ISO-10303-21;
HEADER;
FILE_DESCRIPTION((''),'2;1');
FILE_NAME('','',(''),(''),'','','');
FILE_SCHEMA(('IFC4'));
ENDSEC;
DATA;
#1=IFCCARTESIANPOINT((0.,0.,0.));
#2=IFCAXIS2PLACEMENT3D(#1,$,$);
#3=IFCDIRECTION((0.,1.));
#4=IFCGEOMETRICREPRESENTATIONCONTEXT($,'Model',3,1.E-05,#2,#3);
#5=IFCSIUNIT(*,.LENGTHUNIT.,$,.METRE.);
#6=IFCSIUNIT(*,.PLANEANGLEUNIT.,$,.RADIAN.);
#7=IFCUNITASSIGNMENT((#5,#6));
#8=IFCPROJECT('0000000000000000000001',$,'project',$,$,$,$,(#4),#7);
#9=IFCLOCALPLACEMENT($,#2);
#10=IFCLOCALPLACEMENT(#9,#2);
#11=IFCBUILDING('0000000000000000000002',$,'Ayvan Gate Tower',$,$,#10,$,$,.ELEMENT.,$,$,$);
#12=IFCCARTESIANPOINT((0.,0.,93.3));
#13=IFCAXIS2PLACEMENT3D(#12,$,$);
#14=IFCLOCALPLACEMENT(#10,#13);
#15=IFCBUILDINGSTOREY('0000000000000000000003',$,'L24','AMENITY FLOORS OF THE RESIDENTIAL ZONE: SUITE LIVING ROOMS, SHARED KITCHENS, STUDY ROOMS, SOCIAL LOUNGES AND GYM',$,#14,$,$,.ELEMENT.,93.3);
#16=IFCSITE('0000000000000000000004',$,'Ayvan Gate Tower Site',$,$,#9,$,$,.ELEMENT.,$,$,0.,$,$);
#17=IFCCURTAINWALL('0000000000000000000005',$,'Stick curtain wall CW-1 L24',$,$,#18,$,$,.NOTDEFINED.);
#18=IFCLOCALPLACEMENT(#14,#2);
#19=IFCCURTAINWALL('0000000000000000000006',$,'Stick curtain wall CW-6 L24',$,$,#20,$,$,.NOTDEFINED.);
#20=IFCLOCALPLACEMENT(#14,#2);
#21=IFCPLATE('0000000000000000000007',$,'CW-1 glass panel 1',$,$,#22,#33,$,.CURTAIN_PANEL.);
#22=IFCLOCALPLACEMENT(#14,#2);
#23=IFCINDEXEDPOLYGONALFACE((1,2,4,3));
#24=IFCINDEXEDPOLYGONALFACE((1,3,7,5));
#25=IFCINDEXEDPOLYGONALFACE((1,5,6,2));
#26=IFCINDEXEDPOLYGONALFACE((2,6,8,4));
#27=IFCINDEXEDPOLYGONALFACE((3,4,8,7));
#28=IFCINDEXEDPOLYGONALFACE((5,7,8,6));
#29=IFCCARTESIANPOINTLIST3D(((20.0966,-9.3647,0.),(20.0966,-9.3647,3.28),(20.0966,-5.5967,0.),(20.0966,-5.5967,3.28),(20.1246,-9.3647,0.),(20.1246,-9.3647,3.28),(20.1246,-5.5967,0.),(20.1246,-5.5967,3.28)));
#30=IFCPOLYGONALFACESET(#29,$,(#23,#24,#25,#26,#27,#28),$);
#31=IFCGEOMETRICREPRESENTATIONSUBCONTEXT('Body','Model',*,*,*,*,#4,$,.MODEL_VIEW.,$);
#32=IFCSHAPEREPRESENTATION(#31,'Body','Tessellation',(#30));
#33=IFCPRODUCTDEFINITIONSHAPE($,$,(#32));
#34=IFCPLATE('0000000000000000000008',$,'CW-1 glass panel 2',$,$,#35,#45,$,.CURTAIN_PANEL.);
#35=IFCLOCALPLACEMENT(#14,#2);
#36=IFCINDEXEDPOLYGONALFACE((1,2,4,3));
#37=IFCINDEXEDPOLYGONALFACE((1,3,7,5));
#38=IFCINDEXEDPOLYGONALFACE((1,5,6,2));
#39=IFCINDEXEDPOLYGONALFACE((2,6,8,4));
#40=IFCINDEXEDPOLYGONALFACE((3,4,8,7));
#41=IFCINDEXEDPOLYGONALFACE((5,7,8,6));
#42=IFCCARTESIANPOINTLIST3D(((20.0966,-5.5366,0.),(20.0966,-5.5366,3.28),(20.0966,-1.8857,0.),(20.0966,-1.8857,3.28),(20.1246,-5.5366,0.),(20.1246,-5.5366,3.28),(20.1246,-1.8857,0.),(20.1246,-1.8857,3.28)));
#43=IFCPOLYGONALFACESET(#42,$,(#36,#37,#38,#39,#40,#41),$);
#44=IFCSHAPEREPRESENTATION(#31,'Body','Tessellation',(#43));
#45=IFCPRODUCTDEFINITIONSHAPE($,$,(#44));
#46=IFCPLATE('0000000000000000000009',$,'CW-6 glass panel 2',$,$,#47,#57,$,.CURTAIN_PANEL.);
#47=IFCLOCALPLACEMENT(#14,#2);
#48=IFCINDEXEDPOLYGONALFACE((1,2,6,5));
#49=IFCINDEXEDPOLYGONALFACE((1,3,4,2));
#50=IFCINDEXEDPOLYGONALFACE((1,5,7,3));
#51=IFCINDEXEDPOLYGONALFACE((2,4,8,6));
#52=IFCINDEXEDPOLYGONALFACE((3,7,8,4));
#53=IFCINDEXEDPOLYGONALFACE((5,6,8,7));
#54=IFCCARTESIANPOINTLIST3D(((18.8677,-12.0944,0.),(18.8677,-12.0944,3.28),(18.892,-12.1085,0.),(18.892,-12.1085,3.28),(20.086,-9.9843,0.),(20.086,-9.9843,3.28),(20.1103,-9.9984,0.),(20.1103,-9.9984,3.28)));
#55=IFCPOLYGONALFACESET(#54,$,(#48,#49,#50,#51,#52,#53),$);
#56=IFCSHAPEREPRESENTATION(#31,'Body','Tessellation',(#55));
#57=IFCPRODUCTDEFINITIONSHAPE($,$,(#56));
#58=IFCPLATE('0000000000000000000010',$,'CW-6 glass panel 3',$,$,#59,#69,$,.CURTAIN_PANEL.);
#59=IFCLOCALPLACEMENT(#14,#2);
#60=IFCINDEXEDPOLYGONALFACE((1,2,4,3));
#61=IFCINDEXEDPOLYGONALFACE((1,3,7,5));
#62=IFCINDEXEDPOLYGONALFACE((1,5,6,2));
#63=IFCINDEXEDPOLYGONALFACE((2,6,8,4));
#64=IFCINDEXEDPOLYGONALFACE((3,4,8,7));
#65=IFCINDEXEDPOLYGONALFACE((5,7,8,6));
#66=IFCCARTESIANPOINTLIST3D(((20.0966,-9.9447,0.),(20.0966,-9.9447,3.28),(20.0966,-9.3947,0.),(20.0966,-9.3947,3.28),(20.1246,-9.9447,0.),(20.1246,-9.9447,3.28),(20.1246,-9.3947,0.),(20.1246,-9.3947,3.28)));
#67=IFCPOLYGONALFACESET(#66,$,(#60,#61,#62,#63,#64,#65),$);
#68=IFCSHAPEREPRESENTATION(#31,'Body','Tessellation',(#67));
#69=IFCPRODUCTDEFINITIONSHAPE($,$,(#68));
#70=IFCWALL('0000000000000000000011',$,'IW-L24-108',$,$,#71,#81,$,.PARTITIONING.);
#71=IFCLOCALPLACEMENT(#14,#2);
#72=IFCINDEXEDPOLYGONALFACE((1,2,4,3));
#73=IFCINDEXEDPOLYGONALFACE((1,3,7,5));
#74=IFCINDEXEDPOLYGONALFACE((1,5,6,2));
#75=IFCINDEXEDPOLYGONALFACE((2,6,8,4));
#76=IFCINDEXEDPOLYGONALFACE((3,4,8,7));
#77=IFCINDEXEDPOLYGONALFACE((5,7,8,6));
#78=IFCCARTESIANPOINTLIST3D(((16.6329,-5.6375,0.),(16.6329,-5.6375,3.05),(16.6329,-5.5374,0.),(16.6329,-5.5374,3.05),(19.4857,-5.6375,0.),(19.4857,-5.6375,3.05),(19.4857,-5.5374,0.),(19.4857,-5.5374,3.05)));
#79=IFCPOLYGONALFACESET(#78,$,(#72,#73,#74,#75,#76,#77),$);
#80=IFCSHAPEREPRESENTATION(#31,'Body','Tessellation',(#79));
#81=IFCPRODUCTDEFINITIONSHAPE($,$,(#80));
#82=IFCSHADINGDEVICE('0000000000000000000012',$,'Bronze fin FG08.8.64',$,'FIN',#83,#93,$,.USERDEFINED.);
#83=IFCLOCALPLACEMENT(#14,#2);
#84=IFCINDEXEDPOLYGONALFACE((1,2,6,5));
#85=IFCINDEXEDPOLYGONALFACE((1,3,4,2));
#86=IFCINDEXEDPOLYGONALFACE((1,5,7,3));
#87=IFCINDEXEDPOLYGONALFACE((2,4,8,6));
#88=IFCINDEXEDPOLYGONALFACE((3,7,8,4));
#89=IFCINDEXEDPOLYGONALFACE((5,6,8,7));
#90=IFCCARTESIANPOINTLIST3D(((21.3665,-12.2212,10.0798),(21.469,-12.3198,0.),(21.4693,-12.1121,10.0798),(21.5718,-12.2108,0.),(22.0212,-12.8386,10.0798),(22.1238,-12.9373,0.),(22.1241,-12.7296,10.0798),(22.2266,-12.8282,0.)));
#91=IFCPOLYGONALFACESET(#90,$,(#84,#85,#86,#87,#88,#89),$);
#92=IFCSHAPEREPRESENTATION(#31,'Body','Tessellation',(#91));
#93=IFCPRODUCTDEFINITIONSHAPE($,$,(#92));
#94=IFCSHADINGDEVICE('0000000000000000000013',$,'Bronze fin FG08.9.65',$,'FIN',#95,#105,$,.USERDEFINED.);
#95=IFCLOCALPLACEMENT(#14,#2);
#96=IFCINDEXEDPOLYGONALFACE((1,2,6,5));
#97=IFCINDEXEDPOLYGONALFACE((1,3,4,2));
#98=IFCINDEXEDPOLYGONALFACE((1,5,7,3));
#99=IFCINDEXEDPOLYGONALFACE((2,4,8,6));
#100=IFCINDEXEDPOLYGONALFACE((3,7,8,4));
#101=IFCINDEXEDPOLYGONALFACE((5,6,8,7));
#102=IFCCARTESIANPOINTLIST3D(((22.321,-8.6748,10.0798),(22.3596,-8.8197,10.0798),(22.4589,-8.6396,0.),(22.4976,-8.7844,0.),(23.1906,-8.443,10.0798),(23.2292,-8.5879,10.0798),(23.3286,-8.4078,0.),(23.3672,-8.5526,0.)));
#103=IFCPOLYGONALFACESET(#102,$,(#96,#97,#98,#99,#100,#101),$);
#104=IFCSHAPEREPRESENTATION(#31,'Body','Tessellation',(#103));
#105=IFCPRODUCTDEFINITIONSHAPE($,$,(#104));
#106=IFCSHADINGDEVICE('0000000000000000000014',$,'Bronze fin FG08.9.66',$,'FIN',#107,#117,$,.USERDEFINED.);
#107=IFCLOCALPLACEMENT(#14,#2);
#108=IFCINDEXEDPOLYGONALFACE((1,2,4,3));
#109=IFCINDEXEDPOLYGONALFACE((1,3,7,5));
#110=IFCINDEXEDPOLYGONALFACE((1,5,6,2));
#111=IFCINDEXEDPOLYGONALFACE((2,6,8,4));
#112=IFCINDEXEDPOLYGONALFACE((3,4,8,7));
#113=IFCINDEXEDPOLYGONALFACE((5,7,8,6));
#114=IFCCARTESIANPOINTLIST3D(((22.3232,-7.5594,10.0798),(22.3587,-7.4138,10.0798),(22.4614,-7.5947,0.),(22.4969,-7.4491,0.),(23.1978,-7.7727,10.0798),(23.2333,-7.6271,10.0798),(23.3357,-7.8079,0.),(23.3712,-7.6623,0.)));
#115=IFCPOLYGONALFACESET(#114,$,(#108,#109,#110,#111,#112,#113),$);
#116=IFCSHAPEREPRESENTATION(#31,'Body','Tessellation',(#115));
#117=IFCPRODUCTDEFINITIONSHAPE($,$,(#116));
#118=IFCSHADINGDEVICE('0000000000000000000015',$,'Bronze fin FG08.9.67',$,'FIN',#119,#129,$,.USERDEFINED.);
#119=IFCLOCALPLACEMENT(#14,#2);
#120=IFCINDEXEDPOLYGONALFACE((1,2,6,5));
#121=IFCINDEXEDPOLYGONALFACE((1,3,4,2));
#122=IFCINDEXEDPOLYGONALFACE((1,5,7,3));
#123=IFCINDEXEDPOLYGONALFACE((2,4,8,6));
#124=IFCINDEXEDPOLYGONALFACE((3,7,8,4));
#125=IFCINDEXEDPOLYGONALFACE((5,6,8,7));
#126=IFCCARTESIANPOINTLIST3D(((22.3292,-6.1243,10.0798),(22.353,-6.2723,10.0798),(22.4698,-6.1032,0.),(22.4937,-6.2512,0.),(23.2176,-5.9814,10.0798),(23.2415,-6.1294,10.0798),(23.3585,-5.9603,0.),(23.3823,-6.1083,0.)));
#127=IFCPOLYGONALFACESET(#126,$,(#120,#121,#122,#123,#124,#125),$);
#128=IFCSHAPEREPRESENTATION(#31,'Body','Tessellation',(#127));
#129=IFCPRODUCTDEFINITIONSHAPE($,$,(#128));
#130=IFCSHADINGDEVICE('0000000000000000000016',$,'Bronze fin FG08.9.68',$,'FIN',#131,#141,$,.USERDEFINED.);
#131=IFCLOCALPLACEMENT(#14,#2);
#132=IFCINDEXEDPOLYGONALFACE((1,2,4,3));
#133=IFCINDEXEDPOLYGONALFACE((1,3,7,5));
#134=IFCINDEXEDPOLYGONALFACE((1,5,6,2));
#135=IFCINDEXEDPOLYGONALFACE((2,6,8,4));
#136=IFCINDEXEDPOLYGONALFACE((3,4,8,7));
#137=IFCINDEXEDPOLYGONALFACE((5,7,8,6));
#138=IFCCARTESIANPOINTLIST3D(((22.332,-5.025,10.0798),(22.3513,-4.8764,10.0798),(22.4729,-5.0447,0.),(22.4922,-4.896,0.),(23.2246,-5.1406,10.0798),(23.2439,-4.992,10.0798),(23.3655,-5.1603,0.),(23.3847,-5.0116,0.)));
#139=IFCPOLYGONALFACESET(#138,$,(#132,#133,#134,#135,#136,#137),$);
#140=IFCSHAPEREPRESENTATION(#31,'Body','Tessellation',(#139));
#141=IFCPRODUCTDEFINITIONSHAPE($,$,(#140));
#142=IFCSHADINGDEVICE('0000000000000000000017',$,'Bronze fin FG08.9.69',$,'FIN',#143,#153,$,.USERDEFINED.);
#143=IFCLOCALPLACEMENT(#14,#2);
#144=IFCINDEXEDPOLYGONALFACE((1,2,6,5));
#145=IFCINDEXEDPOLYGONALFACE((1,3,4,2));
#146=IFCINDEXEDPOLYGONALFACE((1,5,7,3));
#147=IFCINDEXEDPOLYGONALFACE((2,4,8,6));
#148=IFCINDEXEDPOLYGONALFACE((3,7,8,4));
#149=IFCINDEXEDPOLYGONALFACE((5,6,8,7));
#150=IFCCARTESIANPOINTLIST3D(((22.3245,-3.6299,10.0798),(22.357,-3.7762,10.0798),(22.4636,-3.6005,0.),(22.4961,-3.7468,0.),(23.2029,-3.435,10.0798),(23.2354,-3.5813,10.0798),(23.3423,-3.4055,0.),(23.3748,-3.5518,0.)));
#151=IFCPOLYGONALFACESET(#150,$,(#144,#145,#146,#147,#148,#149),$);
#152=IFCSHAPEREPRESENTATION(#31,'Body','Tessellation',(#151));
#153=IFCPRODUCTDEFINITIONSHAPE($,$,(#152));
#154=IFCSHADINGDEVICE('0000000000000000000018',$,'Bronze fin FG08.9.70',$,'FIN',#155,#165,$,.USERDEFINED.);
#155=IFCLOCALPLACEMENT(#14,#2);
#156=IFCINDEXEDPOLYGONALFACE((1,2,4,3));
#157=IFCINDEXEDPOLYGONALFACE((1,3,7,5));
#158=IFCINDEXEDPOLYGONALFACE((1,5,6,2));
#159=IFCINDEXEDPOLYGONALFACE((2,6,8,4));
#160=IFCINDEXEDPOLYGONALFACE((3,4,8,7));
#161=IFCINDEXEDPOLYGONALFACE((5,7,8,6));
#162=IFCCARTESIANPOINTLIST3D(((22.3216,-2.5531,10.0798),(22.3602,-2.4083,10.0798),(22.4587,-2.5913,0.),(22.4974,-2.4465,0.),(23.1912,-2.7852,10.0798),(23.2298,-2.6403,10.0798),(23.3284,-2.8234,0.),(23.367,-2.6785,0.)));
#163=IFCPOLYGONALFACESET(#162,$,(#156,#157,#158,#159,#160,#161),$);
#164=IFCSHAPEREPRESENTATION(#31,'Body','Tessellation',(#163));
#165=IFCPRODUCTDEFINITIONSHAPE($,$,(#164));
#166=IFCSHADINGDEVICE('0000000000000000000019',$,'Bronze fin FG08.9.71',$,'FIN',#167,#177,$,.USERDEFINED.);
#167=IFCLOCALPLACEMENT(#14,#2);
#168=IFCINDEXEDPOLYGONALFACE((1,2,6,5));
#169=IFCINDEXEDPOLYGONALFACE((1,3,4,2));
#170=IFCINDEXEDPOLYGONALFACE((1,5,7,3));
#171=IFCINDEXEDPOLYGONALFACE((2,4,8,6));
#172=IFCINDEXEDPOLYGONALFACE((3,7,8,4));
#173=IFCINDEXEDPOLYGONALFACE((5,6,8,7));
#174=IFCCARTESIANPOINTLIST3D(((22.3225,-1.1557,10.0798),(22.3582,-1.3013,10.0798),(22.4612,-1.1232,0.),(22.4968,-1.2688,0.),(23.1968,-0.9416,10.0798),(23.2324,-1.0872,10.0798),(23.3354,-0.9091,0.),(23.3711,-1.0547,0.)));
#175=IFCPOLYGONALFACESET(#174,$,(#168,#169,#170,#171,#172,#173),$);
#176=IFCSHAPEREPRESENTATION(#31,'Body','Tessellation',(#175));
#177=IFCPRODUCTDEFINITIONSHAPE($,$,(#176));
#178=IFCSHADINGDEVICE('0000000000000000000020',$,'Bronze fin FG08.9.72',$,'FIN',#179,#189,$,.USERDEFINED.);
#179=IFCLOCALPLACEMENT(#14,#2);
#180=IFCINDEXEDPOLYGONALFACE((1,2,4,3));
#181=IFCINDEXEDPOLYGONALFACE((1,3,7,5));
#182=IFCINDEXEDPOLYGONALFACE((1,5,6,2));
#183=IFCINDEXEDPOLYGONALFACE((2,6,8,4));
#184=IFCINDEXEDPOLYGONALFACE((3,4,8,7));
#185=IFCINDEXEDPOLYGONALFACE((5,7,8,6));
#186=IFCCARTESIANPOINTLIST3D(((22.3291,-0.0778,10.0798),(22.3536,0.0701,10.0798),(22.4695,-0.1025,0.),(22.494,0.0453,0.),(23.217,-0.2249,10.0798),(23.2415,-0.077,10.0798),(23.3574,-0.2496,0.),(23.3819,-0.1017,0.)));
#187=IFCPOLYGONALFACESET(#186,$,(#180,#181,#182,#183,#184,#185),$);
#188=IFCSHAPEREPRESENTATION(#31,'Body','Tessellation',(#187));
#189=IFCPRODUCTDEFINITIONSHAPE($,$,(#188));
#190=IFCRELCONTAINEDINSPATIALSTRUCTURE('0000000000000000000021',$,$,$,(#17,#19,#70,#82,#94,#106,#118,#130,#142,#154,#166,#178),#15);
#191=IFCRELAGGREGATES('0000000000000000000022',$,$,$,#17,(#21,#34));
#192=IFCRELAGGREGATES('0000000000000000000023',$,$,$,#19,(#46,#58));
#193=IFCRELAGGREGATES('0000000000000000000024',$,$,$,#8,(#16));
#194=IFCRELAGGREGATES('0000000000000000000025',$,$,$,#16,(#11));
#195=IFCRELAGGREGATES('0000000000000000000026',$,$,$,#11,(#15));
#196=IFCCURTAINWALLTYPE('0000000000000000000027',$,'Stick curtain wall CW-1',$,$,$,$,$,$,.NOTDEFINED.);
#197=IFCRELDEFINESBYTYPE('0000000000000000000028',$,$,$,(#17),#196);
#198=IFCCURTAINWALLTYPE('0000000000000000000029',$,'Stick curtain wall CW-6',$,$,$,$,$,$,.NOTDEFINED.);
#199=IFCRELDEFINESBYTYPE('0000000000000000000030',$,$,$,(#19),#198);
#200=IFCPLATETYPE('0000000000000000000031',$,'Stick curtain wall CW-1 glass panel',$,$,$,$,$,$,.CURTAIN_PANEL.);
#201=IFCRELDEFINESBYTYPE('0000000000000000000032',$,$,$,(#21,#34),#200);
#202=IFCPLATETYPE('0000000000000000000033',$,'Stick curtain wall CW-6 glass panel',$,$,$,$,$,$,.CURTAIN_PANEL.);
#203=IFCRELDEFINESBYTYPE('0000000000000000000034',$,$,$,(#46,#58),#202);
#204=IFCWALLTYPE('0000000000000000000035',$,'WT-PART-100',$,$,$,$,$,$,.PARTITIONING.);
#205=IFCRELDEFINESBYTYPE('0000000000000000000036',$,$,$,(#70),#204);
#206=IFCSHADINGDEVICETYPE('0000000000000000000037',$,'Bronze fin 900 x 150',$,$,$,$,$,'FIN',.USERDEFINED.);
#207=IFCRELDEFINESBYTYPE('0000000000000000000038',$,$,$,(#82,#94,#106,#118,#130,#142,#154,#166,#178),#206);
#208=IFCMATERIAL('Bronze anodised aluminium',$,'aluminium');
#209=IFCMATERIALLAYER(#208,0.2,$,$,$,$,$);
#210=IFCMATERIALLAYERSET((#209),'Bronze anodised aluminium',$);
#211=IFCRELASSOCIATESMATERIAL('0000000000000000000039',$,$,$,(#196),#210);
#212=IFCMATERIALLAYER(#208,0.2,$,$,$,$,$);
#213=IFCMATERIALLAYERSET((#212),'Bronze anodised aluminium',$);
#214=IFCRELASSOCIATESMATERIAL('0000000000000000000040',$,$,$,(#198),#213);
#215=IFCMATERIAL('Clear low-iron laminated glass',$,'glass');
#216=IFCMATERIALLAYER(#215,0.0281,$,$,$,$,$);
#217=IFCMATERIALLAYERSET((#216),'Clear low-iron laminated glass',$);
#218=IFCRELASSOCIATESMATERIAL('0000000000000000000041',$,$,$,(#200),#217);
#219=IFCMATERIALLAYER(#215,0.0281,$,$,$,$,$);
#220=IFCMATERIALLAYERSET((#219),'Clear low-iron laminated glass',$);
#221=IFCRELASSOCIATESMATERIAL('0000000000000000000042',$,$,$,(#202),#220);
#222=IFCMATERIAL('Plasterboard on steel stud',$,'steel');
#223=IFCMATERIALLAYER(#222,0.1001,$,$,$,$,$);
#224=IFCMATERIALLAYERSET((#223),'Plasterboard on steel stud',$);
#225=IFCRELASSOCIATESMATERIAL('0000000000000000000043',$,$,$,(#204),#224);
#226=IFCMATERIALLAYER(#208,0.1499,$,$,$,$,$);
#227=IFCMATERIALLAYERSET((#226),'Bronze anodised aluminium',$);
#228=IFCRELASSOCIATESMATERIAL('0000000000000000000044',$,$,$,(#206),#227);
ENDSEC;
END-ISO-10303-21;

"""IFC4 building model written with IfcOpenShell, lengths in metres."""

from ifc_helpers import new_model, si_unit, direction, frame, frame_2d, origin, origin_2d, place, context, subcontext, project, spatial, polyline, rectangle, outline, extrude, material, layer, layer_set, type_object, element, aggregate, save


model = new_model("IFC4")

# Units and contexts
model_context = context("Model", 3, precision=1e-05, world=origin(), true_north=direction((0.0, 1.0)))
body_context = subcontext(model_context, "Body", "Model", "MODEL_VIEW")
ifc_project = project(units=[si_unit("LENGTHUNIT", "METRE"), si_unit("PLANEANGLEUNIT", "RADIAN")], contexts=[model_context])

# Site, building, storey
site_placement = place(None, origin())
site = spatial("IfcSite", under=ifc_project, at=site_placement, Name="Ayvan Gate Tower Site", CompositionType="ELEMENT", RefElevation=0.0)
building_placement = place(site_placement, origin())
building = spatial("IfcBuilding", under=site, at=building_placement, Name="Ayvan Gate Tower", CompositionType="ELEMENT")
storey_placement = place(building_placement, frame((0.0, 0.0, 93.3)))
storey = spatial("IfcBuildingStorey", under=building, at=storey_placement, Name="L24", Description="AMENITY FLOORS OF THE RESIDENTIAL ZONE: SUITE LIVING ROOMS, SHARED KITCHENS, STUDY ROOMS, SOCIAL LOUNGES AND GYM", CompositionType="ELEMENT", Elevation=93.3)

# Curtain walls
ifc_material_1 = material(Name="Bronze anodised aluminium", Category="aluminium")
ifc_layer_1 = layer(ifc_material_1, 0.2)
ifc_layer_set_1 = layer_set([ifc_layer_1], Name="Bronze anodised aluminium")
curtain_wall_type_1 = type_object("IfcCurtainWallType", Name="Stick curtain wall CW-1", PredefinedType="NOTDEFINED", material=ifc_layer_set_1)
curtain_wall_1_placement = place(storey_placement, origin())
curtain_wall_1 = element("IfcCurtainWall", 1, at=curtain_wall_1_placement, inside=storey, type_object=curtain_wall_type_1, Name="Stick curtain wall CW-1 L24", PredefinedType="NOTDEFINED")
ifc_layer_2 = layer(ifc_material_1, 0.2)
ifc_layer_set_2 = layer_set([ifc_layer_2], Name="Bronze anodised aluminium")
curtain_wall_type_2 = type_object("IfcCurtainWallType", Name="Stick curtain wall CW-6", PredefinedType="NOTDEFINED", material=ifc_layer_set_2)
curtain_wall_2_placement = place(storey_placement, origin())
curtain_wall_2 = element("IfcCurtainWall", 2, at=curtain_wall_2_placement, inside=storey, type_object=curtain_wall_type_2, Name="Stick curtain wall CW-6 L24", PredefinedType="NOTDEFINED")

# Plates
ifc_material_2 = material(Name="Clear low-iron laminated glass", Category="glass")
ifc_layer_3 = layer(ifc_material_2, 0.0281)
ifc_layer_set_3 = layer_set([ifc_layer_3], Name="Clear low-iron laminated glass")
plate_type_1 = type_object("IfcPlateType", Name="Stick curtain wall CW-1 glass panel", PredefinedType="CURTAIN_PANEL", material=ifc_layer_set_3)
plate_1_placement = place(storey_placement, frame((20.1106, -7.4807, 0.0), z_axis=(0.0, 0.0, 1.0), x_axis=(0.0, 1.0, 0.0)))
plate_1 = element("IfcPlate", 3, at=plate_1_placement, type_object=plate_type_1, Name="CW-1 glass panel 1", PredefinedType="CURTAIN_PANEL", context=body_context, shape_type="SweptSolid", body=[
    extrude(rectangle(XDim=3.7681, YDim=0.0281, at=origin_2d()), origin(), (0.0, 0.0, 1.0), 3.28),
])
plate_2_placement = place(storey_placement, frame((20.1106, -3.7112, 0.0), z_axis=(0.0, 0.0, 1.0), x_axis=(0.0, 1.0, 0.0)))
plate_2 = element("IfcPlate", 4, at=plate_2_placement, type_object=plate_type_1, Name="CW-1 glass panel 2", PredefinedType="CURTAIN_PANEL", context=body_context, shape_type="SweptSolid", body=[
    extrude(rectangle(XDim=3.6509, YDim=0.0281, at=origin_2d()), origin(), (0.0, 0.0, 1.0), 3.28),
])
aggregate(curtain_wall_1, [plate_1, plate_2])
ifc_layer_4 = layer(ifc_material_2, 0.0281)
ifc_layer_set_4 = layer_set([ifc_layer_4], Name="Clear low-iron laminated glass")
plate_type_2 = type_object("IfcPlateType", Name="Stick curtain wall CW-6 glass panel", PredefinedType="CURTAIN_PANEL", material=ifc_layer_set_4)
plate_3_placement = place(storey_placement, frame((19.489, -11.0464, 0.0), z_axis=(0.0, 0.0, 1.0), x_axis=(0.5, 0.866025, 0.0)))
plate_3 = element("IfcPlate", 5, at=plate_3_placement, type_object=plate_type_2, Name="CW-6 glass panel 2", PredefinedType="CURTAIN_PANEL", context=body_context, shape_type="SweptSolid", body=[
    extrude(rectangle(XDim=2.4365, YDim=0.0281, at=origin_2d()), origin(), (0.0, 0.0, 1.0), 3.28),
])
plate_4_placement = place(storey_placement, frame((20.1106, -9.6697, 0.0), z_axis=(0.0, 0.0, 1.0), x_axis=(0.0, 1.0, 0.0)))
plate_4 = element("IfcPlate", 6, at=plate_4_placement, type_object=plate_type_2, Name="CW-6 glass panel 3", PredefinedType="CURTAIN_PANEL", context=body_context, shape_type="SweptSolid", body=[
    extrude(rectangle(XDim=0.55, YDim=0.0281, at=origin_2d()), origin(), (0.0, 0.0, 1.0), 3.28),
])
aggregate(curtain_wall_2, [plate_3, plate_4])

# Wall
ifc_material_3 = material(Name="Plasterboard on steel stud", Category="steel")
ifc_layer_5 = layer(ifc_material_3, 0.1001)
ifc_layer_set_5 = layer_set([ifc_layer_5], Name="Plasterboard on steel stud")
wall_type = type_object("IfcWallType", Name="WT-PART-100", PredefinedType="PARTITIONING", material=ifc_layer_set_5)
wall_placement = place(storey_placement, frame((19.4856, -5.5874, 0.0), z_axis=(0.0, 0.0, 1.0), x_axis=(-1.0, 0.0, 0.0)))
element("IfcWall", 7, at=wall_placement, inside=storey, type_object=wall_type, Name="IW-L24-108", PredefinedType="PARTITIONING", context=body_context, shape_type="SweptSolid", body=[
    extrude(rectangle(XDim=2.8528, YDim=0.1001, at=frame_2d((1.4263, 0.0))), origin(), (0.0, 0.0, 1.0), 3.05),
])

# Shading devices
ifc_layer_6 = layer(ifc_material_1, 0.1499)
ifc_layer_set_6 = layer_set([ifc_layer_6], Name="Bronze anodised aluminium")
shading_device_type = type_object("IfcShadingDeviceType", Name="Bronze fin 900 x 150", ElementType="FIN", PredefinedType="USERDEFINED", material=ifc_layer_set_6)
shading_device_1_placement = place(storey_placement, frame((21.469, -12.3198, 0.0), z_axis=(-0.68605, -0.727555, 0.00014), x_axis=(0.727555, -0.68605, 0.0)))
element("IfcShadingDevice", 8, at=shading_device_1_placement, inside=storey, type_object=shading_device_type, Name="Bronze fin FG08.8.64", ObjectType="FIN", PredefinedType="USERDEFINED", context=body_context, shape_type="SweptSolid", body=[
    extrude(outline(polyline([(0.0, 0.0), (0.9, 0.0), (0.7577, 10.0798), (-0.1423, 10.0798), (0.0, 0.0)])), origin(), (0.0, 0.0, -1.0), 0.1499),
])
shading_device_2_placement = place(storey_placement, frame((22.4976, -8.7844, 0.0), z_axis=(0.25757, -0.96626, 0.000143), x_axis=(0.96626, 0.25757, 0.0)))
element("IfcShadingDevice", 9, at=shading_device_2_placement, inside=storey, type_object=shading_device_type, Name="Bronze fin FG08.9.65", ObjectType="FIN", PredefinedType="USERDEFINED", context=body_context, shape_type="SweptSolid", body=[
    extrude(outline(polyline([(0.0, 0.0), (0.9, 0.0), (0.7576, 10.0798), (-0.1423, 10.0798), (0.0, 0.0)])), origin(), (0.0, 0.0, -1.0), 0.1499),
])
shading_device_3_placement = place(storey_placement, frame((22.4614, -7.5947, 0.0), z_axis=(-0.236947, -0.971523, 0.000155), x_axis=(0.971523, -0.236947, 0.0)))
element("IfcShadingDevice", 10, at=shading_device_3_placement, inside=storey, type_object=shading_device_type, Name="Bronze fin FG08.9.66", ObjectType="FIN", PredefinedType="USERDEFINED", context=body_context, shape_type="SweptSolid", body=[
    extrude(outline(polyline([(0.0, 0.0), (0.8999, 0.0), (0.7575, 10.0798), (-0.1426, 10.0798), (0.0, 0.0)])), origin(), (0.0, 0.0, -1.0), 0.1499),
])
shading_device_4_placement = place(storey_placement, frame((22.4937, -6.2512, 0.0), z_axis=(0.158832, -0.987306, 0.000149), x_axis=(0.987306, 0.158832, 0.0)))
element("IfcShadingDevice", 11, at=shading_device_4_placement, inside=storey, type_object=shading_device_type, Name="Bronze fin FG08.9.67", ObjectType="FIN", PredefinedType="USERDEFINED", context=body_context, shape_type="SweptSolid", body=[
    extrude(outline(polyline([(0.0, 0.0), (0.9001, 0.0), (0.7577, 10.0798), (-0.1422, 10.0798), (0.0, 0.0)])), origin(), (0.0, 0.0, -1.0), 0.1499),
])
shading_device_5_placement = place(storey_placement, frame((22.4729, -5.0447, 0.0), z_axis=(-0.12844, -0.991717, 0.000139), x_axis=(0.991717, -0.12844, 0.0)))
element("IfcShadingDevice", 12, at=shading_device_5_placement, inside=storey, type_object=shading_device_type, Name="Bronze fin FG08.9.68", ObjectType="FIN", PredefinedType="USERDEFINED", context=body_context, shape_type="SweptSolid", body=[
    extrude(outline(polyline([(0.0, 0.0), (0.9, 0.0), (0.7578, 10.0798), (-0.1422, 10.0798), (0.0, 0.0)])), origin(), (0.0, 0.0, -1.0), 0.1499),
])
shading_device_6_placement = place(storey_placement, frame((22.4961, -3.7468, 0.0), z_axis=(0.216629, -0.976254, 0.000144), x_axis=(0.976254, 0.216629, 0.0)))
element("IfcShadingDevice", 13, at=shading_device_6_placement, inside=storey, type_object=shading_device_type, Name="Bronze fin FG08.9.69", ObjectType="FIN", PredefinedType="USERDEFINED", context=body_context, shape_type="SweptSolid", body=[
    extrude(outline(polyline([(0.0, 0.0), (0.9001, 0.0), (0.7576, 10.0798), (-0.1422, 10.0798), (0.0, 0.0)])), origin(), (0.0, 0.0, -1.0), 0.1499),
])
shading_device_7_placement = place(storey_placement, frame((22.4587, -2.5913, 0.0), z_axis=(-0.257823, -0.966192, 0.000153), x_axis=(0.966192, -0.257823, 0.0)))
element("IfcShadingDevice", 14, at=shading_device_7_placement, inside=storey, type_object=shading_device_type, Name="Bronze fin FG08.9.70", ObjectType="FIN", PredefinedType="USERDEFINED", context=body_context, shape_type="SweptSolid", body=[
    extrude(outline(polyline([(0.0, 0.0), (0.9001, 0.0), (0.7576, 10.0798), (-0.1424, 10.0798), (0.0, 0.0)])), origin(), (0.0, 0.0, -1.0), 0.1499),
])
shading_device_8_placement = place(storey_placement, frame((22.4968, -1.2688, 0.0), z_axis=(0.237874, -0.971296, 0.000144), x_axis=(0.971296, 0.237874, 0.0)))
element("IfcShadingDevice", 15, at=shading_device_8_placement, inside=storey, type_object=shading_device_type, Name="Bronze fin FG08.9.71", ObjectType="FIN", PredefinedType="USERDEFINED", context=body_context, shape_type="SweptSolid", body=[
    extrude(outline(polyline([(0.0, 0.0), (0.9001, 0.0), (0.7577, 10.0798), (-0.1424, 10.0798), (0.0, 0.0)])), origin(), (0.0, 0.0, -1.0), 0.1499),
])
shading_device_9_placement = place(storey_placement, frame((22.4695, -0.1025, 0.0), z_axis=(-0.163431, -0.986555, 0.000149), x_axis=(0.986555, -0.163431, 0.0)))
element("IfcShadingDevice", 16, at=shading_device_9_placement, inside=storey, type_object=shading_device_type, Name="Bronze fin FG08.9.72", ObjectType="FIN", PredefinedType="USERDEFINED", context=body_context, shape_type="SweptSolid", body=[
    extrude(outline(polyline([(0.0, 0.0), (0.9, 0.0), (0.7575, 10.0798), (-0.1426, 10.0798), (0.0, 0.0)])), origin(), (0.0, 0.0, -1.0), 0.1499),
])

save(model, "model.ifc")
